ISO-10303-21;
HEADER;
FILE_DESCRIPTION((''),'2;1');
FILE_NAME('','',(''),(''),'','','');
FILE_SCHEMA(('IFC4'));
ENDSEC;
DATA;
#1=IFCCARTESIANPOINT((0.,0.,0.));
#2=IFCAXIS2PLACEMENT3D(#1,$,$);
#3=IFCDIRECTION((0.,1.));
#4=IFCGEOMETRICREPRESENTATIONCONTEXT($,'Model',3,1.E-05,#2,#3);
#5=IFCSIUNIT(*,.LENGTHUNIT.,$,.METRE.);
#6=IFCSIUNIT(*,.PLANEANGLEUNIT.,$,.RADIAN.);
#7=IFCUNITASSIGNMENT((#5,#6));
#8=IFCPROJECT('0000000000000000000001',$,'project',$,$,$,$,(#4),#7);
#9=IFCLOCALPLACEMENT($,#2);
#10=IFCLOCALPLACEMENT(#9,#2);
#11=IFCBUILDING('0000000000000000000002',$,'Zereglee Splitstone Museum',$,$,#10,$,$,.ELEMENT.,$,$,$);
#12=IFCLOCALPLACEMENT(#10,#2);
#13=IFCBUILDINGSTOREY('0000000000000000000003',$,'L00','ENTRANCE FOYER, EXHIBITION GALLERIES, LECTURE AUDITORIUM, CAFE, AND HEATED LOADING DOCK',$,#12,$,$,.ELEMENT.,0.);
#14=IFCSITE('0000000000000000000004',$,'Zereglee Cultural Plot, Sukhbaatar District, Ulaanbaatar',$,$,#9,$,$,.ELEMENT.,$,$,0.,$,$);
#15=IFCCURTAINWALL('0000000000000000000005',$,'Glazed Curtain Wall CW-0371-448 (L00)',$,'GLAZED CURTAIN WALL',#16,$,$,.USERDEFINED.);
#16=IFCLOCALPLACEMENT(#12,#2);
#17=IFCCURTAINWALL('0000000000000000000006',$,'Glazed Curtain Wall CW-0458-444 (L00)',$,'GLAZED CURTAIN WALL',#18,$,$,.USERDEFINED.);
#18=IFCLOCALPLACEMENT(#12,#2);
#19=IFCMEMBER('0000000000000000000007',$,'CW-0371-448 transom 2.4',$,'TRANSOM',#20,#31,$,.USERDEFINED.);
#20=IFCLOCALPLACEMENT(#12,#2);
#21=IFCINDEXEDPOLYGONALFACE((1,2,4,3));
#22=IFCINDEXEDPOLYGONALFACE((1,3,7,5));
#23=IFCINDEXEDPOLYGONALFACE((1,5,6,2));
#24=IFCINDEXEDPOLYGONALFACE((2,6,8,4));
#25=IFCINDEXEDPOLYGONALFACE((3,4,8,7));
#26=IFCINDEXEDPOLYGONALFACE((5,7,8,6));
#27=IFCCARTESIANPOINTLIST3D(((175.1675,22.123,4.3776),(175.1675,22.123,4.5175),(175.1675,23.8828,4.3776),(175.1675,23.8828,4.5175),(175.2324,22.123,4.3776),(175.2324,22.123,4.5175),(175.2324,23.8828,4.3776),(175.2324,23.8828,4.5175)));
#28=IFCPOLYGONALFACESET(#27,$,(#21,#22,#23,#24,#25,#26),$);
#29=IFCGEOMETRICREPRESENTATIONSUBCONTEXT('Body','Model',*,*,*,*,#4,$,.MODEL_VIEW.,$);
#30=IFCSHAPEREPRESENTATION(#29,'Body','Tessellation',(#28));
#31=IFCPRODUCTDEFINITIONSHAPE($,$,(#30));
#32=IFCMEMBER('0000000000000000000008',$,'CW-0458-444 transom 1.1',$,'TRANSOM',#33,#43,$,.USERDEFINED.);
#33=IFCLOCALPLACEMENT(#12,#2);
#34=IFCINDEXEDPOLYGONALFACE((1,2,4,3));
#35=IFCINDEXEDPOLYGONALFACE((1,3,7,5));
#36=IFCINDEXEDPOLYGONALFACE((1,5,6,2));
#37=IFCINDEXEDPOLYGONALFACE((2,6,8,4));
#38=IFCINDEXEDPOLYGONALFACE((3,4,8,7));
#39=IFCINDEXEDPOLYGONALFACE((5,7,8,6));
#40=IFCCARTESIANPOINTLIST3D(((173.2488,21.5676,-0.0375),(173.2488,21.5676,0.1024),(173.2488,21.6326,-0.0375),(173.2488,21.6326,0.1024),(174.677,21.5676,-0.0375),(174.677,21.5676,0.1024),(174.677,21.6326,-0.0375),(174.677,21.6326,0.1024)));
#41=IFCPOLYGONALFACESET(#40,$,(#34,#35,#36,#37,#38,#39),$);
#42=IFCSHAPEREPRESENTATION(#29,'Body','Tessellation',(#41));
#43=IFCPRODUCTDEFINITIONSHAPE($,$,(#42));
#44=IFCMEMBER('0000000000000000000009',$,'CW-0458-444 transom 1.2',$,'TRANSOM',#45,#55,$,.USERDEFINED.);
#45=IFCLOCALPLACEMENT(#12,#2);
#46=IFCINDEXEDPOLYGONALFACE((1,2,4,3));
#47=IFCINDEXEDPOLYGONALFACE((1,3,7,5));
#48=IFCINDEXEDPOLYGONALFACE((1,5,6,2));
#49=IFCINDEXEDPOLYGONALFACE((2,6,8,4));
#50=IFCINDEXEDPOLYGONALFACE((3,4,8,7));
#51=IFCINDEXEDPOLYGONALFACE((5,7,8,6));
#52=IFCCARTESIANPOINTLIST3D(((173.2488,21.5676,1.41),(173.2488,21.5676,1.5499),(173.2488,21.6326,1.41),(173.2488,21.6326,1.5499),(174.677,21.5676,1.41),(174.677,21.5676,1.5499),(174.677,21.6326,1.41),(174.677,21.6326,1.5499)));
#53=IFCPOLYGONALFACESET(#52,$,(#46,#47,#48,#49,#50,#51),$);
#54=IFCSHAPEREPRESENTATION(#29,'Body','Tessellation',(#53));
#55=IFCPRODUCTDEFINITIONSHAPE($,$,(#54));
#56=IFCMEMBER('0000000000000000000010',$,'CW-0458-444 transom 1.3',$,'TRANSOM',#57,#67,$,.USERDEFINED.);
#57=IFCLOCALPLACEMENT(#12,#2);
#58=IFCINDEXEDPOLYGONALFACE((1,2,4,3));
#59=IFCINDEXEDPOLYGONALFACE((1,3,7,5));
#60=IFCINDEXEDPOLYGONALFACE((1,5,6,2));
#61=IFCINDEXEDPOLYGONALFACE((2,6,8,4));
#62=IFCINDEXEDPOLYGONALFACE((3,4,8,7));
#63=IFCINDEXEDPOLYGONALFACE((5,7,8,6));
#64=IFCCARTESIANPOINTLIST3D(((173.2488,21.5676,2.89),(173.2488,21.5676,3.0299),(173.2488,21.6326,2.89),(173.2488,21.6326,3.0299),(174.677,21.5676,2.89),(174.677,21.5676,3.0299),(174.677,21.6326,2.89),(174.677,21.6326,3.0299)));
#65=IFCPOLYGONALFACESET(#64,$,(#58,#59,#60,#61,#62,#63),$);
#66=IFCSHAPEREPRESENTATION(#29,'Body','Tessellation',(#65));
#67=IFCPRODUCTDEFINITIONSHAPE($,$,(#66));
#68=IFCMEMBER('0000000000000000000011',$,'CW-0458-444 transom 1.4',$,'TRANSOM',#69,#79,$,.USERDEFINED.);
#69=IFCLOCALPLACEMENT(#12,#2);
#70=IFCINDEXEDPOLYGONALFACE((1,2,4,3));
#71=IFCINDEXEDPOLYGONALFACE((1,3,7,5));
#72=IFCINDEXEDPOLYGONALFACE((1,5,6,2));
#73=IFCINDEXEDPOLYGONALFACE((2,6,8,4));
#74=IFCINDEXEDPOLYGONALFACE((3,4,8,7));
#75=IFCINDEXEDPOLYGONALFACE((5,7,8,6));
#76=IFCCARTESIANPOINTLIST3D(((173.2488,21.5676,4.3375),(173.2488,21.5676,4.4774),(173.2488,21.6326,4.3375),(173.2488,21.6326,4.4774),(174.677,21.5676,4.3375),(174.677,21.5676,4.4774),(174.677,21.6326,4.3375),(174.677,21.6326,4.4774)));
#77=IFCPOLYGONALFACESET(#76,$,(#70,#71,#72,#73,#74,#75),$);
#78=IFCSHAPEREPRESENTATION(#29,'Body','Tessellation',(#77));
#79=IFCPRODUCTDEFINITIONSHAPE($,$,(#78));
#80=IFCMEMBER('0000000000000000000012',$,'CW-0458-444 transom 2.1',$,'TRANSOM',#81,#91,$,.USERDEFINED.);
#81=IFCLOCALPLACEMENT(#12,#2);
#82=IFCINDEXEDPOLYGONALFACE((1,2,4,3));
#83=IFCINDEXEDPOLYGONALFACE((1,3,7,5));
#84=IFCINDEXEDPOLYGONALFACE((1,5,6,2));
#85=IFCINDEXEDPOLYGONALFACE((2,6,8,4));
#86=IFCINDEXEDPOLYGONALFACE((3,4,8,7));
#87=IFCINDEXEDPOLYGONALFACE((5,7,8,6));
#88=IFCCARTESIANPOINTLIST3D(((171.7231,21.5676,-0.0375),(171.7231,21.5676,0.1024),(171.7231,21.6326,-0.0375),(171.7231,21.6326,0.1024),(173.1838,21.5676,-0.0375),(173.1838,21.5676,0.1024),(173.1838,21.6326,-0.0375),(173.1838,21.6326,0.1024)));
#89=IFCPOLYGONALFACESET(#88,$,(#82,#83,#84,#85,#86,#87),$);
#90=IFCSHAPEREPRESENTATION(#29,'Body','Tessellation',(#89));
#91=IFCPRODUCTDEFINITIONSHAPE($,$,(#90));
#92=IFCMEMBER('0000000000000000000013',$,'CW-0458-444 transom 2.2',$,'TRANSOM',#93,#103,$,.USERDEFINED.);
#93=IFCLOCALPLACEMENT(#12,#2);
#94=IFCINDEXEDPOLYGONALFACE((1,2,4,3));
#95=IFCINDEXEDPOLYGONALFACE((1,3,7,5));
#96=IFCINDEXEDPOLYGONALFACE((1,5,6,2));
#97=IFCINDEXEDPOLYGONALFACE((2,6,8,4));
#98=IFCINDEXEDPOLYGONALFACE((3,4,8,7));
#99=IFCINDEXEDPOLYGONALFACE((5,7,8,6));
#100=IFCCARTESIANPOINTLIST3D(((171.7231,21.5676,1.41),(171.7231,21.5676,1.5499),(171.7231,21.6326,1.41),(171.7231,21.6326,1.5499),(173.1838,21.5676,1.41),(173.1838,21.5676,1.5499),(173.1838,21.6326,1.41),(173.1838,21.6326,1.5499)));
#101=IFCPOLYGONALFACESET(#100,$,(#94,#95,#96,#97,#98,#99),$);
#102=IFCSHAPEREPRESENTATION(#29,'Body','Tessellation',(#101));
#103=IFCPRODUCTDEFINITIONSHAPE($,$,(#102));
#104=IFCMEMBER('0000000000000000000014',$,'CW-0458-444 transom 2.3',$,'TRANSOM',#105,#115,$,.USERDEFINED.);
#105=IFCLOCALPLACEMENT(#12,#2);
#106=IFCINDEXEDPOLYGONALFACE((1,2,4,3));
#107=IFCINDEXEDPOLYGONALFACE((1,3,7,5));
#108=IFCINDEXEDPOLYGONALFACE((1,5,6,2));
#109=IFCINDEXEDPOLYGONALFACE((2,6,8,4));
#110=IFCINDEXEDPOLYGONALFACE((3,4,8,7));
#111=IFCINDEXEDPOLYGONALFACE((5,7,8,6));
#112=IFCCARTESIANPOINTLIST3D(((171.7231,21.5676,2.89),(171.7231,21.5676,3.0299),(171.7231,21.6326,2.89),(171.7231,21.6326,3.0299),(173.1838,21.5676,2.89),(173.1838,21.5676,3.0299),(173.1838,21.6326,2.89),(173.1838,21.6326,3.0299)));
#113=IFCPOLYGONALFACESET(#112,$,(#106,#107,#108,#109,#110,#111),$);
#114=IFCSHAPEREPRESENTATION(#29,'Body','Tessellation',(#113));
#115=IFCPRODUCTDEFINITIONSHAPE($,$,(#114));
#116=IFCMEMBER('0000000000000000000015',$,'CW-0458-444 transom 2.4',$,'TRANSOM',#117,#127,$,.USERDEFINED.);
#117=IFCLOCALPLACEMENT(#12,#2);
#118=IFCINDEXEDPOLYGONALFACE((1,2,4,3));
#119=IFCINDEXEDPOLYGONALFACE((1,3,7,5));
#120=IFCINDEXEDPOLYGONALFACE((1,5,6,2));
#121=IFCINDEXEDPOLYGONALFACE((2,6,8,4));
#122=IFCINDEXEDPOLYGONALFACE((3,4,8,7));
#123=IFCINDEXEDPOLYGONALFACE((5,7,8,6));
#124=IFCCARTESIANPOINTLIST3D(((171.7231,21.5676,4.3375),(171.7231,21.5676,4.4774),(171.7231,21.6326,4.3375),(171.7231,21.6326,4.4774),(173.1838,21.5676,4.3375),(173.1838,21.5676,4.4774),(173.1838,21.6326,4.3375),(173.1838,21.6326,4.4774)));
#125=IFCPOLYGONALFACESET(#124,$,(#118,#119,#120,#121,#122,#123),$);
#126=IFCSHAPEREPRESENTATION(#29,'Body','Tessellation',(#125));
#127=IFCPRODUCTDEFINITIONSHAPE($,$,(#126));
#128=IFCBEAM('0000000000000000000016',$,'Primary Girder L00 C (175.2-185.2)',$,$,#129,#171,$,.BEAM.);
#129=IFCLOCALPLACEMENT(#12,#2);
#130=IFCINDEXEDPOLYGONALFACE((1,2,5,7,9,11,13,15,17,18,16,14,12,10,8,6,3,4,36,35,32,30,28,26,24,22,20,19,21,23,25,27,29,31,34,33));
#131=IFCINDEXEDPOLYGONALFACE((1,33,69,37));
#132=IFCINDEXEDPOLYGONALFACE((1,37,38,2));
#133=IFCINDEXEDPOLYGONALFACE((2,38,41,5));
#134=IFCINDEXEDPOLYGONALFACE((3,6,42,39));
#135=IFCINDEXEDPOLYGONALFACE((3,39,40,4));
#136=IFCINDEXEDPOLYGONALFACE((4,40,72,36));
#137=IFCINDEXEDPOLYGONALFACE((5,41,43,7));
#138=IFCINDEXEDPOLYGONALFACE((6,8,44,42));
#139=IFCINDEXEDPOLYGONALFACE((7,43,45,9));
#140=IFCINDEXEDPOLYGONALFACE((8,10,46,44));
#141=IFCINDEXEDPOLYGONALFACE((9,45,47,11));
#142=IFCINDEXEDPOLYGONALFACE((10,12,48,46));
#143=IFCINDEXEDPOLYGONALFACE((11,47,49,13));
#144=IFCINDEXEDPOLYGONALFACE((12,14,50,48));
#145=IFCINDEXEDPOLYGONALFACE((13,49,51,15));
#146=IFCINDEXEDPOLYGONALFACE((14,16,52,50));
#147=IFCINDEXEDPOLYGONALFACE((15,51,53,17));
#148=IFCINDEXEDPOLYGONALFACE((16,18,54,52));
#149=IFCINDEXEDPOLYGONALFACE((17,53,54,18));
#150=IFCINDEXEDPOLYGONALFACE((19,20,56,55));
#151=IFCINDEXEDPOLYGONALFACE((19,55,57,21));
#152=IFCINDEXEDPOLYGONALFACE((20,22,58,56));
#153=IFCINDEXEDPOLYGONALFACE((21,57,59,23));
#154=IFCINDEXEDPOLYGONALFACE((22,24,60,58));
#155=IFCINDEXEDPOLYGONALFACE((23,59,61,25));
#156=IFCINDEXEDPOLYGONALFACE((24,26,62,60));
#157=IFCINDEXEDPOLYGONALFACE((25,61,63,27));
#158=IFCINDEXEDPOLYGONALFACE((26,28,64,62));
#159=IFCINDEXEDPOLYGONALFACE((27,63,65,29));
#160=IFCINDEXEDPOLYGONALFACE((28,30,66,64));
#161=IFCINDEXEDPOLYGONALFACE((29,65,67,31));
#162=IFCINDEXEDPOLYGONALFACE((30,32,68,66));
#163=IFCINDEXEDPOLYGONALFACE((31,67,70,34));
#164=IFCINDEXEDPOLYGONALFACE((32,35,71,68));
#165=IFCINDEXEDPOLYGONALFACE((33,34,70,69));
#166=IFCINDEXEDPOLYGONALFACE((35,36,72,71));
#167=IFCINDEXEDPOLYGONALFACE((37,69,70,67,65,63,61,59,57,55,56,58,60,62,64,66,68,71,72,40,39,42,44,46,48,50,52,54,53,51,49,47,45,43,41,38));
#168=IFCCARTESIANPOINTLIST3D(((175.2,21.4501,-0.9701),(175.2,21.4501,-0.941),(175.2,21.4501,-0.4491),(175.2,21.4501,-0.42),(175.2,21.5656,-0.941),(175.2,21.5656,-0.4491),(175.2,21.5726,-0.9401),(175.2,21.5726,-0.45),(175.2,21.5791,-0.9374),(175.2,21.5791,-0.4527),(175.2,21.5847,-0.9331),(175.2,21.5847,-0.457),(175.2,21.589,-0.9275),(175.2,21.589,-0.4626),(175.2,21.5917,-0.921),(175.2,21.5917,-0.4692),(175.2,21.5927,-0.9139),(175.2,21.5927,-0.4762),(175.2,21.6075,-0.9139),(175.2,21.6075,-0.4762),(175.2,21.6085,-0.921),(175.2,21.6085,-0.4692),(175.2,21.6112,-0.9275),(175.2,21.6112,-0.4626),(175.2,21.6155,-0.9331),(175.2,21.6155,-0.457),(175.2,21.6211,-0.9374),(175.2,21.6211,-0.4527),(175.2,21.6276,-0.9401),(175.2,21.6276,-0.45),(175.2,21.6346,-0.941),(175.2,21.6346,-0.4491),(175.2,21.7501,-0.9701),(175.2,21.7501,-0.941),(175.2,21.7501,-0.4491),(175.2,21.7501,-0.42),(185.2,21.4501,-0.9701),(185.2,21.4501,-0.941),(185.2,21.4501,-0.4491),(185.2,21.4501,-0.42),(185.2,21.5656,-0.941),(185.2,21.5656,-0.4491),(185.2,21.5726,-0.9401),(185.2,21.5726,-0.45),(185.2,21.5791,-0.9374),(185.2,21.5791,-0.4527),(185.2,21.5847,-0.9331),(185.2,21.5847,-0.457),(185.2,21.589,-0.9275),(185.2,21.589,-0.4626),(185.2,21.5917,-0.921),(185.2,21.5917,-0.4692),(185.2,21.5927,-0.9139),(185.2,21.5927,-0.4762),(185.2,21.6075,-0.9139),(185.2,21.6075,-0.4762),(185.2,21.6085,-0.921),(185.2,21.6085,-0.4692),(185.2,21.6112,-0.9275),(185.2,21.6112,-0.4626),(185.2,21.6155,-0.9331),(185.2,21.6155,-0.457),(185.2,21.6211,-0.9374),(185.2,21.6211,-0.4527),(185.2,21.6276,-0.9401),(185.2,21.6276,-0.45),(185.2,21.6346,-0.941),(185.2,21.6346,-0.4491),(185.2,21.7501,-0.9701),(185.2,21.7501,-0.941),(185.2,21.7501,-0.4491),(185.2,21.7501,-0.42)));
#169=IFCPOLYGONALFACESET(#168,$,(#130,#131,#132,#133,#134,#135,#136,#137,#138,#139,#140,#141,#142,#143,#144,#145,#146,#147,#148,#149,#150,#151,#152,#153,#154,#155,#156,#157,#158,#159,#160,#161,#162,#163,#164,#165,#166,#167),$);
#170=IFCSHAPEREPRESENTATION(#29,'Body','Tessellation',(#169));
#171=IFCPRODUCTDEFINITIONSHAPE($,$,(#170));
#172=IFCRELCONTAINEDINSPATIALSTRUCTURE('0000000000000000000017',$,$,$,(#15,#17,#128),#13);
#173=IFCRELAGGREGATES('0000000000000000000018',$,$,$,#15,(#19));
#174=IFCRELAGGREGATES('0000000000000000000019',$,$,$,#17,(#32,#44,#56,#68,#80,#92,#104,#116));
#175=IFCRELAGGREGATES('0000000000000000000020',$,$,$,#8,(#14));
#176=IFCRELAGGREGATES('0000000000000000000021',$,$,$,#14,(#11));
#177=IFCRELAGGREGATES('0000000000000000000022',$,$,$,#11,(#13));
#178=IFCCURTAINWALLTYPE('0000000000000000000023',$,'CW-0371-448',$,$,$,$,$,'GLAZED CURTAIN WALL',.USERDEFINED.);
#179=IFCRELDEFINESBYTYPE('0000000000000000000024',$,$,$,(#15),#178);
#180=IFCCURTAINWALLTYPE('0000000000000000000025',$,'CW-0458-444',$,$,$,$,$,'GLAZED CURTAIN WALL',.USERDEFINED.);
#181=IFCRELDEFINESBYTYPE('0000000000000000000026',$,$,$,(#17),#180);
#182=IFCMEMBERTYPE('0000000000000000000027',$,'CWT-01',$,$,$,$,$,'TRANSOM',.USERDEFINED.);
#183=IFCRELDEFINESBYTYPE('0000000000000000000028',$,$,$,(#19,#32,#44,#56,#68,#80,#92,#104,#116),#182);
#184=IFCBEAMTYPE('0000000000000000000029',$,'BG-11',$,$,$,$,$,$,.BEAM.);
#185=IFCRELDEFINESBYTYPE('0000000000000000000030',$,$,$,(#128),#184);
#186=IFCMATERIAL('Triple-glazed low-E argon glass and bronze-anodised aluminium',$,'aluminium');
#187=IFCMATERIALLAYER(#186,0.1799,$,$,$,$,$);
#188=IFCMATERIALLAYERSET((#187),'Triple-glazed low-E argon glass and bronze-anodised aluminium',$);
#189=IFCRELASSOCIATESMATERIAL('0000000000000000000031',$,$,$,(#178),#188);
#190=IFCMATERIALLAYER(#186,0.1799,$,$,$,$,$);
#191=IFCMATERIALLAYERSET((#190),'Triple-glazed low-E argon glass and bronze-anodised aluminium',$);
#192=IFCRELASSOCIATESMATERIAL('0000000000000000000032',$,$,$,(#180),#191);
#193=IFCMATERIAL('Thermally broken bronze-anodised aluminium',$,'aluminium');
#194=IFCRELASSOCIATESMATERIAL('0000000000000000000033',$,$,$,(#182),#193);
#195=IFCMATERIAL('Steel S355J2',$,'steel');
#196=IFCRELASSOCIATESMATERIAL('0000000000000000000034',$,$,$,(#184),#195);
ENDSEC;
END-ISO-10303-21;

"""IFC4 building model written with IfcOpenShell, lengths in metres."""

from ifc_helpers import new_model, si_unit, direction, frame, origin, origin_2d, place, context, subcontext, project, spatial, rectangle, i_section, extrude, material, layer, layer_set, material_profile, profile_set, type_object, element, aggregate, save


model = new_model("IFC4")

# Units and contexts
model_context = context("Model", 3, precision=1e-05, world=origin(), true_north=direction((0.0, 1.0)))
body_context = subcontext(model_context, "Body", "Model", "MODEL_VIEW")
ifc_project = project(units=[si_unit("LENGTHUNIT", "METRE"), si_unit("PLANEANGLEUNIT", "RADIAN")], contexts=[model_context])

# Site, building, storey
site_placement = place(None, origin())
site = spatial("IfcSite", under=ifc_project, at=site_placement, Name="Zereglee Cultural Plot, Sukhbaatar District, Ulaanbaatar", CompositionType="ELEMENT", RefElevation=0.0)
building_placement = place(site_placement, origin())
building = spatial("IfcBuilding", under=site, at=building_placement, Name="Zereglee Splitstone Museum", CompositionType="ELEMENT")
storey_placement = place(building_placement, origin())
storey = spatial("IfcBuildingStorey", under=building, at=storey_placement, Name="L00", Description="ENTRANCE FOYER, EXHIBITION GALLERIES, LECTURE AUDITORIUM, CAFE, AND HEATED LOADING DOCK", CompositionType="ELEMENT", Elevation=0.0)

# Shared definitions
ifc_material_1 = material(Name="Triple-glazed low-E argon glass and bronze-anodised aluminium", Category="aluminium")
ifc_material_2 = material(Name="Thermally broken bronze-anodised aluminium", Category="aluminium")

# Curtain walls
ifc_layer_1 = layer(ifc_material_1, 0.1799)
ifc_layer_set_1 = layer_set([ifc_layer_1], Name="Triple-glazed low-E argon glass and bronze-anodised aluminium")
curtain_wall_type_1 = type_object("IfcCurtainWallType", Name="CW-0371-448", ElementType="GLAZED CURTAIN WALL", PredefinedType="USERDEFINED", material=ifc_layer_set_1)
curtain_wall_1_placement = place(storey_placement, origin())
curtain_wall_1 = element("IfcCurtainWall", 1, at=curtain_wall_1_placement, inside=storey, type_object=curtain_wall_type_1, Name="Glazed Curtain Wall CW-0371-448 (L00)", ObjectType="GLAZED CURTAIN WALL", PredefinedType="USERDEFINED")
ifc_layer_2 = layer(ifc_material_1, 0.1799)
ifc_layer_set_2 = layer_set([ifc_layer_2], Name="Triple-glazed low-E argon glass and bronze-anodised aluminium")
curtain_wall_type_2 = type_object("IfcCurtainWallType", Name="CW-0458-444", ElementType="GLAZED CURTAIN WALL", PredefinedType="USERDEFINED", material=ifc_layer_set_2)
curtain_wall_2_placement = place(storey_placement, origin())
curtain_wall_2 = element("IfcCurtainWall", 2, at=curtain_wall_2_placement, inside=storey, type_object=curtain_wall_type_2, Name="Glazed Curtain Wall CW-0458-444 (L00)", ObjectType="GLAZED CURTAIN WALL", PredefinedType="USERDEFINED")

# Members
ifc_material_profile_1 = material_profile(ifc_material_2, rectangle(XDim=0.0649, YDim=0.1399, at=origin_2d()), Name="CW TRAN 65x140")
ifc_profile_set_1 = profile_set([ifc_material_profile_1], Name="Thermally broken bronze-anodised aluminium")
member_type_1 = type_object("IfcMemberType", Name="CWT-01", ElementType="TRANSOM", PredefinedType="USERDEFINED", material=ifc_profile_set_1)
member_1_placement = place(storey_placement, frame((175.2, 23.8828, 4.4475), z_axis=(0.0, -1.0, 0.0), x_axis=(1.0, 0.0, 0.0)))
member_1 = element("IfcMember", 3, at=member_1_placement, type_object=member_type_1, Name="CW-0371-448 transom 2.4", ObjectType="TRANSOM", PredefinedType="USERDEFINED", context=body_context, shape_type="SweptSolid", body=[
    extrude(rectangle(XDim=0.0649, YDim=0.1399, at=origin_2d()), origin(), (0.0, 0.0, 1.0), 1.7598),
])
member_2_placement = place(storey_placement, frame((174.677, 21.6001, 0.0325), z_axis=(-1.0, 0.0, 0.0), x_axis=(0.0, -1.0, 0.0)))
member_2 = element("IfcMember", 4, at=member_2_placement, type_object=member_type_1, Name="CW-0458-444 transom 1.1", ObjectType="TRANSOM", PredefinedType="USERDEFINED", context=body_context, shape_type="SweptSolid", body=[
    extrude(rectangle(XDim=0.0649, YDim=0.1399, at=origin_2d()), origin(), (0.0, 0.0, 1.0), 1.4282),
])
member_3_placement = place(storey_placement, frame((174.677, 21.6001, 1.48), z_axis=(-1.0, 0.0, 0.0), x_axis=(0.0, -1.0, 0.0)))
member_3 = element("IfcMember", 5, at=member_3_placement, type_object=member_type_1, Name="CW-0458-444 transom 1.2", ObjectType="TRANSOM", PredefinedType="USERDEFINED", context=body_context, shape_type="SweptSolid", body=[
    extrude(rectangle(XDim=0.0649, YDim=0.1399, at=origin_2d()), origin(), (0.0, 0.0, 1.0), 1.4282),
])
member_4_placement = place(storey_placement, frame((174.677, 21.6001, 2.96), z_axis=(-1.0, 0.0, 0.0), x_axis=(0.0, -1.0, 0.0)))
member_4 = element("IfcMember", 6, at=member_4_placement, type_object=member_type_1, Name="CW-0458-444 transom 1.3", ObjectType="TRANSOM", PredefinedType="USERDEFINED", context=body_context, shape_type="SweptSolid", body=[
    extrude(rectangle(XDim=0.0649, YDim=0.1399, at=origin_2d()), origin(), (0.0, 0.0, 1.0), 1.4282),
])
member_5_placement = place(storey_placement, frame((174.677, 21.6001, 4.4075), z_axis=(-1.0, 0.0, 0.0), x_axis=(0.0, -1.0, 0.0)))
member_5 = element("IfcMember", 7, at=member_5_placement, type_object=member_type_1, Name="CW-0458-444 transom 1.4", ObjectType="TRANSOM", PredefinedType="USERDEFINED", context=body_context, shape_type="SweptSolid", body=[
    extrude(rectangle(XDim=0.0649, YDim=0.1399, at=origin_2d()), origin(), (0.0, 0.0, 1.0), 1.4282),
])
member_6_placement = place(storey_placement, frame((173.1838, 21.6001, 0.0325), z_axis=(-1.0, 0.0, 0.0), x_axis=(0.0, -1.0, 0.0)))
member_6 = element("IfcMember", 8, at=member_6_placement, type_object=member_type_1, Name="CW-0458-444 transom 2.1", ObjectType="TRANSOM", PredefinedType="USERDEFINED", context=body_context, shape_type="SweptSolid", body=[
    extrude(rectangle(XDim=0.0649, YDim=0.1399, at=origin_2d()), origin(), (0.0, 0.0, 1.0), 1.4607),
])
member_7_placement = place(storey_placement, frame((173.1838, 21.6001, 1.48), z_axis=(-1.0, 0.0, 0.0), x_axis=(0.0, -1.0, 0.0)))
member_7 = element("IfcMember", 9, at=member_7_placement, type_object=member_type_1, Name="CW-0458-444 transom 2.2", ObjectType="TRANSOM", PredefinedType="USERDEFINED", context=body_context, shape_type="SweptSolid", body=[
    extrude(rectangle(XDim=0.0649, YDim=0.1399, at=origin_2d()), origin(), (0.0, 0.0, 1.0), 1.4607),
])
member_8_placement = place(storey_placement, frame((173.1838, 21.6001, 2.96), z_axis=(-1.0, 0.0, 0.0), x_axis=(0.0, -1.0, 0.0)))
member_8 = element("IfcMember", 10, at=member_8_placement, type_object=member_type_1, Name="CW-0458-444 transom 2.3", ObjectType="TRANSOM", PredefinedType="USERDEFINED", context=body_context, shape_type="SweptSolid", body=[
    extrude(rectangle(XDim=0.0649, YDim=0.1399, at=origin_2d()), origin(), (0.0, 0.0, 1.0), 1.4607),
])
member_9_placement = place(storey_placement, frame((173.1838, 21.6001, 4.4075), z_axis=(-1.0, 0.0, 0.0), x_axis=(0.0, -1.0, 0.0)))
member_9 = element("IfcMember", 11, at=member_9_placement, type_object=member_type_1, Name="CW-0458-444 transom 2.4", ObjectType="TRANSOM", PredefinedType="USERDEFINED", context=body_context, shape_type="SweptSolid", body=[
    extrude(rectangle(XDim=0.0649, YDim=0.1399, at=origin_2d()), origin(), (0.0, 0.0, 1.0), 1.4607),
])

# Beam
ifc_material_3 = material(Name="Steel S355J2", Category="steel")
ifc_material_profile_2 = material_profile(ifc_material_3, i_section(OverallWidth=0.3, OverallDepth=0.55, WebThickness=0.0149, FlangeThickness=0.0291, FilletRadius=0.0271, at=origin_2d()), Name="HE 550 B")
ifc_profile_set_2 = profile_set([ifc_material_profile_2], Name="Steel S355J2")
beam_type_1 = type_object("IfcBeamType", Name="BG-11", PredefinedType="BEAM", material=ifc_profile_set_2)
beam_1_placement = place(storey_placement, frame((175.2, 21.6001, -0.6951), z_axis=(1.0, 0.0, 0.0), x_axis=(0.0, 1.0, 0.0)))
element("IfcBeam", 12, at=beam_1_placement, inside=storey, type_object=beam_type_1, Name="Primary Girder L00 C (175.2-185.2)", PredefinedType="BEAM", context=body_context, shape_type="SweptSolid", body=[
    extrude(i_section(OverallWidth=0.3, OverallDepth=0.55, WebThickness=0.0149, FlangeThickness=0.0291, FilletRadius=0.0271, at=origin_2d()), origin(), (0.0, 0.0, 1.0), 10.0),
])

aggregate(curtain_wall_1, [member_1])
aggregate(curtain_wall_2, [member_2, member_3, member_4, member_5, member_6, member_7, member_8, member_9])

save(model, "model.ifc")
